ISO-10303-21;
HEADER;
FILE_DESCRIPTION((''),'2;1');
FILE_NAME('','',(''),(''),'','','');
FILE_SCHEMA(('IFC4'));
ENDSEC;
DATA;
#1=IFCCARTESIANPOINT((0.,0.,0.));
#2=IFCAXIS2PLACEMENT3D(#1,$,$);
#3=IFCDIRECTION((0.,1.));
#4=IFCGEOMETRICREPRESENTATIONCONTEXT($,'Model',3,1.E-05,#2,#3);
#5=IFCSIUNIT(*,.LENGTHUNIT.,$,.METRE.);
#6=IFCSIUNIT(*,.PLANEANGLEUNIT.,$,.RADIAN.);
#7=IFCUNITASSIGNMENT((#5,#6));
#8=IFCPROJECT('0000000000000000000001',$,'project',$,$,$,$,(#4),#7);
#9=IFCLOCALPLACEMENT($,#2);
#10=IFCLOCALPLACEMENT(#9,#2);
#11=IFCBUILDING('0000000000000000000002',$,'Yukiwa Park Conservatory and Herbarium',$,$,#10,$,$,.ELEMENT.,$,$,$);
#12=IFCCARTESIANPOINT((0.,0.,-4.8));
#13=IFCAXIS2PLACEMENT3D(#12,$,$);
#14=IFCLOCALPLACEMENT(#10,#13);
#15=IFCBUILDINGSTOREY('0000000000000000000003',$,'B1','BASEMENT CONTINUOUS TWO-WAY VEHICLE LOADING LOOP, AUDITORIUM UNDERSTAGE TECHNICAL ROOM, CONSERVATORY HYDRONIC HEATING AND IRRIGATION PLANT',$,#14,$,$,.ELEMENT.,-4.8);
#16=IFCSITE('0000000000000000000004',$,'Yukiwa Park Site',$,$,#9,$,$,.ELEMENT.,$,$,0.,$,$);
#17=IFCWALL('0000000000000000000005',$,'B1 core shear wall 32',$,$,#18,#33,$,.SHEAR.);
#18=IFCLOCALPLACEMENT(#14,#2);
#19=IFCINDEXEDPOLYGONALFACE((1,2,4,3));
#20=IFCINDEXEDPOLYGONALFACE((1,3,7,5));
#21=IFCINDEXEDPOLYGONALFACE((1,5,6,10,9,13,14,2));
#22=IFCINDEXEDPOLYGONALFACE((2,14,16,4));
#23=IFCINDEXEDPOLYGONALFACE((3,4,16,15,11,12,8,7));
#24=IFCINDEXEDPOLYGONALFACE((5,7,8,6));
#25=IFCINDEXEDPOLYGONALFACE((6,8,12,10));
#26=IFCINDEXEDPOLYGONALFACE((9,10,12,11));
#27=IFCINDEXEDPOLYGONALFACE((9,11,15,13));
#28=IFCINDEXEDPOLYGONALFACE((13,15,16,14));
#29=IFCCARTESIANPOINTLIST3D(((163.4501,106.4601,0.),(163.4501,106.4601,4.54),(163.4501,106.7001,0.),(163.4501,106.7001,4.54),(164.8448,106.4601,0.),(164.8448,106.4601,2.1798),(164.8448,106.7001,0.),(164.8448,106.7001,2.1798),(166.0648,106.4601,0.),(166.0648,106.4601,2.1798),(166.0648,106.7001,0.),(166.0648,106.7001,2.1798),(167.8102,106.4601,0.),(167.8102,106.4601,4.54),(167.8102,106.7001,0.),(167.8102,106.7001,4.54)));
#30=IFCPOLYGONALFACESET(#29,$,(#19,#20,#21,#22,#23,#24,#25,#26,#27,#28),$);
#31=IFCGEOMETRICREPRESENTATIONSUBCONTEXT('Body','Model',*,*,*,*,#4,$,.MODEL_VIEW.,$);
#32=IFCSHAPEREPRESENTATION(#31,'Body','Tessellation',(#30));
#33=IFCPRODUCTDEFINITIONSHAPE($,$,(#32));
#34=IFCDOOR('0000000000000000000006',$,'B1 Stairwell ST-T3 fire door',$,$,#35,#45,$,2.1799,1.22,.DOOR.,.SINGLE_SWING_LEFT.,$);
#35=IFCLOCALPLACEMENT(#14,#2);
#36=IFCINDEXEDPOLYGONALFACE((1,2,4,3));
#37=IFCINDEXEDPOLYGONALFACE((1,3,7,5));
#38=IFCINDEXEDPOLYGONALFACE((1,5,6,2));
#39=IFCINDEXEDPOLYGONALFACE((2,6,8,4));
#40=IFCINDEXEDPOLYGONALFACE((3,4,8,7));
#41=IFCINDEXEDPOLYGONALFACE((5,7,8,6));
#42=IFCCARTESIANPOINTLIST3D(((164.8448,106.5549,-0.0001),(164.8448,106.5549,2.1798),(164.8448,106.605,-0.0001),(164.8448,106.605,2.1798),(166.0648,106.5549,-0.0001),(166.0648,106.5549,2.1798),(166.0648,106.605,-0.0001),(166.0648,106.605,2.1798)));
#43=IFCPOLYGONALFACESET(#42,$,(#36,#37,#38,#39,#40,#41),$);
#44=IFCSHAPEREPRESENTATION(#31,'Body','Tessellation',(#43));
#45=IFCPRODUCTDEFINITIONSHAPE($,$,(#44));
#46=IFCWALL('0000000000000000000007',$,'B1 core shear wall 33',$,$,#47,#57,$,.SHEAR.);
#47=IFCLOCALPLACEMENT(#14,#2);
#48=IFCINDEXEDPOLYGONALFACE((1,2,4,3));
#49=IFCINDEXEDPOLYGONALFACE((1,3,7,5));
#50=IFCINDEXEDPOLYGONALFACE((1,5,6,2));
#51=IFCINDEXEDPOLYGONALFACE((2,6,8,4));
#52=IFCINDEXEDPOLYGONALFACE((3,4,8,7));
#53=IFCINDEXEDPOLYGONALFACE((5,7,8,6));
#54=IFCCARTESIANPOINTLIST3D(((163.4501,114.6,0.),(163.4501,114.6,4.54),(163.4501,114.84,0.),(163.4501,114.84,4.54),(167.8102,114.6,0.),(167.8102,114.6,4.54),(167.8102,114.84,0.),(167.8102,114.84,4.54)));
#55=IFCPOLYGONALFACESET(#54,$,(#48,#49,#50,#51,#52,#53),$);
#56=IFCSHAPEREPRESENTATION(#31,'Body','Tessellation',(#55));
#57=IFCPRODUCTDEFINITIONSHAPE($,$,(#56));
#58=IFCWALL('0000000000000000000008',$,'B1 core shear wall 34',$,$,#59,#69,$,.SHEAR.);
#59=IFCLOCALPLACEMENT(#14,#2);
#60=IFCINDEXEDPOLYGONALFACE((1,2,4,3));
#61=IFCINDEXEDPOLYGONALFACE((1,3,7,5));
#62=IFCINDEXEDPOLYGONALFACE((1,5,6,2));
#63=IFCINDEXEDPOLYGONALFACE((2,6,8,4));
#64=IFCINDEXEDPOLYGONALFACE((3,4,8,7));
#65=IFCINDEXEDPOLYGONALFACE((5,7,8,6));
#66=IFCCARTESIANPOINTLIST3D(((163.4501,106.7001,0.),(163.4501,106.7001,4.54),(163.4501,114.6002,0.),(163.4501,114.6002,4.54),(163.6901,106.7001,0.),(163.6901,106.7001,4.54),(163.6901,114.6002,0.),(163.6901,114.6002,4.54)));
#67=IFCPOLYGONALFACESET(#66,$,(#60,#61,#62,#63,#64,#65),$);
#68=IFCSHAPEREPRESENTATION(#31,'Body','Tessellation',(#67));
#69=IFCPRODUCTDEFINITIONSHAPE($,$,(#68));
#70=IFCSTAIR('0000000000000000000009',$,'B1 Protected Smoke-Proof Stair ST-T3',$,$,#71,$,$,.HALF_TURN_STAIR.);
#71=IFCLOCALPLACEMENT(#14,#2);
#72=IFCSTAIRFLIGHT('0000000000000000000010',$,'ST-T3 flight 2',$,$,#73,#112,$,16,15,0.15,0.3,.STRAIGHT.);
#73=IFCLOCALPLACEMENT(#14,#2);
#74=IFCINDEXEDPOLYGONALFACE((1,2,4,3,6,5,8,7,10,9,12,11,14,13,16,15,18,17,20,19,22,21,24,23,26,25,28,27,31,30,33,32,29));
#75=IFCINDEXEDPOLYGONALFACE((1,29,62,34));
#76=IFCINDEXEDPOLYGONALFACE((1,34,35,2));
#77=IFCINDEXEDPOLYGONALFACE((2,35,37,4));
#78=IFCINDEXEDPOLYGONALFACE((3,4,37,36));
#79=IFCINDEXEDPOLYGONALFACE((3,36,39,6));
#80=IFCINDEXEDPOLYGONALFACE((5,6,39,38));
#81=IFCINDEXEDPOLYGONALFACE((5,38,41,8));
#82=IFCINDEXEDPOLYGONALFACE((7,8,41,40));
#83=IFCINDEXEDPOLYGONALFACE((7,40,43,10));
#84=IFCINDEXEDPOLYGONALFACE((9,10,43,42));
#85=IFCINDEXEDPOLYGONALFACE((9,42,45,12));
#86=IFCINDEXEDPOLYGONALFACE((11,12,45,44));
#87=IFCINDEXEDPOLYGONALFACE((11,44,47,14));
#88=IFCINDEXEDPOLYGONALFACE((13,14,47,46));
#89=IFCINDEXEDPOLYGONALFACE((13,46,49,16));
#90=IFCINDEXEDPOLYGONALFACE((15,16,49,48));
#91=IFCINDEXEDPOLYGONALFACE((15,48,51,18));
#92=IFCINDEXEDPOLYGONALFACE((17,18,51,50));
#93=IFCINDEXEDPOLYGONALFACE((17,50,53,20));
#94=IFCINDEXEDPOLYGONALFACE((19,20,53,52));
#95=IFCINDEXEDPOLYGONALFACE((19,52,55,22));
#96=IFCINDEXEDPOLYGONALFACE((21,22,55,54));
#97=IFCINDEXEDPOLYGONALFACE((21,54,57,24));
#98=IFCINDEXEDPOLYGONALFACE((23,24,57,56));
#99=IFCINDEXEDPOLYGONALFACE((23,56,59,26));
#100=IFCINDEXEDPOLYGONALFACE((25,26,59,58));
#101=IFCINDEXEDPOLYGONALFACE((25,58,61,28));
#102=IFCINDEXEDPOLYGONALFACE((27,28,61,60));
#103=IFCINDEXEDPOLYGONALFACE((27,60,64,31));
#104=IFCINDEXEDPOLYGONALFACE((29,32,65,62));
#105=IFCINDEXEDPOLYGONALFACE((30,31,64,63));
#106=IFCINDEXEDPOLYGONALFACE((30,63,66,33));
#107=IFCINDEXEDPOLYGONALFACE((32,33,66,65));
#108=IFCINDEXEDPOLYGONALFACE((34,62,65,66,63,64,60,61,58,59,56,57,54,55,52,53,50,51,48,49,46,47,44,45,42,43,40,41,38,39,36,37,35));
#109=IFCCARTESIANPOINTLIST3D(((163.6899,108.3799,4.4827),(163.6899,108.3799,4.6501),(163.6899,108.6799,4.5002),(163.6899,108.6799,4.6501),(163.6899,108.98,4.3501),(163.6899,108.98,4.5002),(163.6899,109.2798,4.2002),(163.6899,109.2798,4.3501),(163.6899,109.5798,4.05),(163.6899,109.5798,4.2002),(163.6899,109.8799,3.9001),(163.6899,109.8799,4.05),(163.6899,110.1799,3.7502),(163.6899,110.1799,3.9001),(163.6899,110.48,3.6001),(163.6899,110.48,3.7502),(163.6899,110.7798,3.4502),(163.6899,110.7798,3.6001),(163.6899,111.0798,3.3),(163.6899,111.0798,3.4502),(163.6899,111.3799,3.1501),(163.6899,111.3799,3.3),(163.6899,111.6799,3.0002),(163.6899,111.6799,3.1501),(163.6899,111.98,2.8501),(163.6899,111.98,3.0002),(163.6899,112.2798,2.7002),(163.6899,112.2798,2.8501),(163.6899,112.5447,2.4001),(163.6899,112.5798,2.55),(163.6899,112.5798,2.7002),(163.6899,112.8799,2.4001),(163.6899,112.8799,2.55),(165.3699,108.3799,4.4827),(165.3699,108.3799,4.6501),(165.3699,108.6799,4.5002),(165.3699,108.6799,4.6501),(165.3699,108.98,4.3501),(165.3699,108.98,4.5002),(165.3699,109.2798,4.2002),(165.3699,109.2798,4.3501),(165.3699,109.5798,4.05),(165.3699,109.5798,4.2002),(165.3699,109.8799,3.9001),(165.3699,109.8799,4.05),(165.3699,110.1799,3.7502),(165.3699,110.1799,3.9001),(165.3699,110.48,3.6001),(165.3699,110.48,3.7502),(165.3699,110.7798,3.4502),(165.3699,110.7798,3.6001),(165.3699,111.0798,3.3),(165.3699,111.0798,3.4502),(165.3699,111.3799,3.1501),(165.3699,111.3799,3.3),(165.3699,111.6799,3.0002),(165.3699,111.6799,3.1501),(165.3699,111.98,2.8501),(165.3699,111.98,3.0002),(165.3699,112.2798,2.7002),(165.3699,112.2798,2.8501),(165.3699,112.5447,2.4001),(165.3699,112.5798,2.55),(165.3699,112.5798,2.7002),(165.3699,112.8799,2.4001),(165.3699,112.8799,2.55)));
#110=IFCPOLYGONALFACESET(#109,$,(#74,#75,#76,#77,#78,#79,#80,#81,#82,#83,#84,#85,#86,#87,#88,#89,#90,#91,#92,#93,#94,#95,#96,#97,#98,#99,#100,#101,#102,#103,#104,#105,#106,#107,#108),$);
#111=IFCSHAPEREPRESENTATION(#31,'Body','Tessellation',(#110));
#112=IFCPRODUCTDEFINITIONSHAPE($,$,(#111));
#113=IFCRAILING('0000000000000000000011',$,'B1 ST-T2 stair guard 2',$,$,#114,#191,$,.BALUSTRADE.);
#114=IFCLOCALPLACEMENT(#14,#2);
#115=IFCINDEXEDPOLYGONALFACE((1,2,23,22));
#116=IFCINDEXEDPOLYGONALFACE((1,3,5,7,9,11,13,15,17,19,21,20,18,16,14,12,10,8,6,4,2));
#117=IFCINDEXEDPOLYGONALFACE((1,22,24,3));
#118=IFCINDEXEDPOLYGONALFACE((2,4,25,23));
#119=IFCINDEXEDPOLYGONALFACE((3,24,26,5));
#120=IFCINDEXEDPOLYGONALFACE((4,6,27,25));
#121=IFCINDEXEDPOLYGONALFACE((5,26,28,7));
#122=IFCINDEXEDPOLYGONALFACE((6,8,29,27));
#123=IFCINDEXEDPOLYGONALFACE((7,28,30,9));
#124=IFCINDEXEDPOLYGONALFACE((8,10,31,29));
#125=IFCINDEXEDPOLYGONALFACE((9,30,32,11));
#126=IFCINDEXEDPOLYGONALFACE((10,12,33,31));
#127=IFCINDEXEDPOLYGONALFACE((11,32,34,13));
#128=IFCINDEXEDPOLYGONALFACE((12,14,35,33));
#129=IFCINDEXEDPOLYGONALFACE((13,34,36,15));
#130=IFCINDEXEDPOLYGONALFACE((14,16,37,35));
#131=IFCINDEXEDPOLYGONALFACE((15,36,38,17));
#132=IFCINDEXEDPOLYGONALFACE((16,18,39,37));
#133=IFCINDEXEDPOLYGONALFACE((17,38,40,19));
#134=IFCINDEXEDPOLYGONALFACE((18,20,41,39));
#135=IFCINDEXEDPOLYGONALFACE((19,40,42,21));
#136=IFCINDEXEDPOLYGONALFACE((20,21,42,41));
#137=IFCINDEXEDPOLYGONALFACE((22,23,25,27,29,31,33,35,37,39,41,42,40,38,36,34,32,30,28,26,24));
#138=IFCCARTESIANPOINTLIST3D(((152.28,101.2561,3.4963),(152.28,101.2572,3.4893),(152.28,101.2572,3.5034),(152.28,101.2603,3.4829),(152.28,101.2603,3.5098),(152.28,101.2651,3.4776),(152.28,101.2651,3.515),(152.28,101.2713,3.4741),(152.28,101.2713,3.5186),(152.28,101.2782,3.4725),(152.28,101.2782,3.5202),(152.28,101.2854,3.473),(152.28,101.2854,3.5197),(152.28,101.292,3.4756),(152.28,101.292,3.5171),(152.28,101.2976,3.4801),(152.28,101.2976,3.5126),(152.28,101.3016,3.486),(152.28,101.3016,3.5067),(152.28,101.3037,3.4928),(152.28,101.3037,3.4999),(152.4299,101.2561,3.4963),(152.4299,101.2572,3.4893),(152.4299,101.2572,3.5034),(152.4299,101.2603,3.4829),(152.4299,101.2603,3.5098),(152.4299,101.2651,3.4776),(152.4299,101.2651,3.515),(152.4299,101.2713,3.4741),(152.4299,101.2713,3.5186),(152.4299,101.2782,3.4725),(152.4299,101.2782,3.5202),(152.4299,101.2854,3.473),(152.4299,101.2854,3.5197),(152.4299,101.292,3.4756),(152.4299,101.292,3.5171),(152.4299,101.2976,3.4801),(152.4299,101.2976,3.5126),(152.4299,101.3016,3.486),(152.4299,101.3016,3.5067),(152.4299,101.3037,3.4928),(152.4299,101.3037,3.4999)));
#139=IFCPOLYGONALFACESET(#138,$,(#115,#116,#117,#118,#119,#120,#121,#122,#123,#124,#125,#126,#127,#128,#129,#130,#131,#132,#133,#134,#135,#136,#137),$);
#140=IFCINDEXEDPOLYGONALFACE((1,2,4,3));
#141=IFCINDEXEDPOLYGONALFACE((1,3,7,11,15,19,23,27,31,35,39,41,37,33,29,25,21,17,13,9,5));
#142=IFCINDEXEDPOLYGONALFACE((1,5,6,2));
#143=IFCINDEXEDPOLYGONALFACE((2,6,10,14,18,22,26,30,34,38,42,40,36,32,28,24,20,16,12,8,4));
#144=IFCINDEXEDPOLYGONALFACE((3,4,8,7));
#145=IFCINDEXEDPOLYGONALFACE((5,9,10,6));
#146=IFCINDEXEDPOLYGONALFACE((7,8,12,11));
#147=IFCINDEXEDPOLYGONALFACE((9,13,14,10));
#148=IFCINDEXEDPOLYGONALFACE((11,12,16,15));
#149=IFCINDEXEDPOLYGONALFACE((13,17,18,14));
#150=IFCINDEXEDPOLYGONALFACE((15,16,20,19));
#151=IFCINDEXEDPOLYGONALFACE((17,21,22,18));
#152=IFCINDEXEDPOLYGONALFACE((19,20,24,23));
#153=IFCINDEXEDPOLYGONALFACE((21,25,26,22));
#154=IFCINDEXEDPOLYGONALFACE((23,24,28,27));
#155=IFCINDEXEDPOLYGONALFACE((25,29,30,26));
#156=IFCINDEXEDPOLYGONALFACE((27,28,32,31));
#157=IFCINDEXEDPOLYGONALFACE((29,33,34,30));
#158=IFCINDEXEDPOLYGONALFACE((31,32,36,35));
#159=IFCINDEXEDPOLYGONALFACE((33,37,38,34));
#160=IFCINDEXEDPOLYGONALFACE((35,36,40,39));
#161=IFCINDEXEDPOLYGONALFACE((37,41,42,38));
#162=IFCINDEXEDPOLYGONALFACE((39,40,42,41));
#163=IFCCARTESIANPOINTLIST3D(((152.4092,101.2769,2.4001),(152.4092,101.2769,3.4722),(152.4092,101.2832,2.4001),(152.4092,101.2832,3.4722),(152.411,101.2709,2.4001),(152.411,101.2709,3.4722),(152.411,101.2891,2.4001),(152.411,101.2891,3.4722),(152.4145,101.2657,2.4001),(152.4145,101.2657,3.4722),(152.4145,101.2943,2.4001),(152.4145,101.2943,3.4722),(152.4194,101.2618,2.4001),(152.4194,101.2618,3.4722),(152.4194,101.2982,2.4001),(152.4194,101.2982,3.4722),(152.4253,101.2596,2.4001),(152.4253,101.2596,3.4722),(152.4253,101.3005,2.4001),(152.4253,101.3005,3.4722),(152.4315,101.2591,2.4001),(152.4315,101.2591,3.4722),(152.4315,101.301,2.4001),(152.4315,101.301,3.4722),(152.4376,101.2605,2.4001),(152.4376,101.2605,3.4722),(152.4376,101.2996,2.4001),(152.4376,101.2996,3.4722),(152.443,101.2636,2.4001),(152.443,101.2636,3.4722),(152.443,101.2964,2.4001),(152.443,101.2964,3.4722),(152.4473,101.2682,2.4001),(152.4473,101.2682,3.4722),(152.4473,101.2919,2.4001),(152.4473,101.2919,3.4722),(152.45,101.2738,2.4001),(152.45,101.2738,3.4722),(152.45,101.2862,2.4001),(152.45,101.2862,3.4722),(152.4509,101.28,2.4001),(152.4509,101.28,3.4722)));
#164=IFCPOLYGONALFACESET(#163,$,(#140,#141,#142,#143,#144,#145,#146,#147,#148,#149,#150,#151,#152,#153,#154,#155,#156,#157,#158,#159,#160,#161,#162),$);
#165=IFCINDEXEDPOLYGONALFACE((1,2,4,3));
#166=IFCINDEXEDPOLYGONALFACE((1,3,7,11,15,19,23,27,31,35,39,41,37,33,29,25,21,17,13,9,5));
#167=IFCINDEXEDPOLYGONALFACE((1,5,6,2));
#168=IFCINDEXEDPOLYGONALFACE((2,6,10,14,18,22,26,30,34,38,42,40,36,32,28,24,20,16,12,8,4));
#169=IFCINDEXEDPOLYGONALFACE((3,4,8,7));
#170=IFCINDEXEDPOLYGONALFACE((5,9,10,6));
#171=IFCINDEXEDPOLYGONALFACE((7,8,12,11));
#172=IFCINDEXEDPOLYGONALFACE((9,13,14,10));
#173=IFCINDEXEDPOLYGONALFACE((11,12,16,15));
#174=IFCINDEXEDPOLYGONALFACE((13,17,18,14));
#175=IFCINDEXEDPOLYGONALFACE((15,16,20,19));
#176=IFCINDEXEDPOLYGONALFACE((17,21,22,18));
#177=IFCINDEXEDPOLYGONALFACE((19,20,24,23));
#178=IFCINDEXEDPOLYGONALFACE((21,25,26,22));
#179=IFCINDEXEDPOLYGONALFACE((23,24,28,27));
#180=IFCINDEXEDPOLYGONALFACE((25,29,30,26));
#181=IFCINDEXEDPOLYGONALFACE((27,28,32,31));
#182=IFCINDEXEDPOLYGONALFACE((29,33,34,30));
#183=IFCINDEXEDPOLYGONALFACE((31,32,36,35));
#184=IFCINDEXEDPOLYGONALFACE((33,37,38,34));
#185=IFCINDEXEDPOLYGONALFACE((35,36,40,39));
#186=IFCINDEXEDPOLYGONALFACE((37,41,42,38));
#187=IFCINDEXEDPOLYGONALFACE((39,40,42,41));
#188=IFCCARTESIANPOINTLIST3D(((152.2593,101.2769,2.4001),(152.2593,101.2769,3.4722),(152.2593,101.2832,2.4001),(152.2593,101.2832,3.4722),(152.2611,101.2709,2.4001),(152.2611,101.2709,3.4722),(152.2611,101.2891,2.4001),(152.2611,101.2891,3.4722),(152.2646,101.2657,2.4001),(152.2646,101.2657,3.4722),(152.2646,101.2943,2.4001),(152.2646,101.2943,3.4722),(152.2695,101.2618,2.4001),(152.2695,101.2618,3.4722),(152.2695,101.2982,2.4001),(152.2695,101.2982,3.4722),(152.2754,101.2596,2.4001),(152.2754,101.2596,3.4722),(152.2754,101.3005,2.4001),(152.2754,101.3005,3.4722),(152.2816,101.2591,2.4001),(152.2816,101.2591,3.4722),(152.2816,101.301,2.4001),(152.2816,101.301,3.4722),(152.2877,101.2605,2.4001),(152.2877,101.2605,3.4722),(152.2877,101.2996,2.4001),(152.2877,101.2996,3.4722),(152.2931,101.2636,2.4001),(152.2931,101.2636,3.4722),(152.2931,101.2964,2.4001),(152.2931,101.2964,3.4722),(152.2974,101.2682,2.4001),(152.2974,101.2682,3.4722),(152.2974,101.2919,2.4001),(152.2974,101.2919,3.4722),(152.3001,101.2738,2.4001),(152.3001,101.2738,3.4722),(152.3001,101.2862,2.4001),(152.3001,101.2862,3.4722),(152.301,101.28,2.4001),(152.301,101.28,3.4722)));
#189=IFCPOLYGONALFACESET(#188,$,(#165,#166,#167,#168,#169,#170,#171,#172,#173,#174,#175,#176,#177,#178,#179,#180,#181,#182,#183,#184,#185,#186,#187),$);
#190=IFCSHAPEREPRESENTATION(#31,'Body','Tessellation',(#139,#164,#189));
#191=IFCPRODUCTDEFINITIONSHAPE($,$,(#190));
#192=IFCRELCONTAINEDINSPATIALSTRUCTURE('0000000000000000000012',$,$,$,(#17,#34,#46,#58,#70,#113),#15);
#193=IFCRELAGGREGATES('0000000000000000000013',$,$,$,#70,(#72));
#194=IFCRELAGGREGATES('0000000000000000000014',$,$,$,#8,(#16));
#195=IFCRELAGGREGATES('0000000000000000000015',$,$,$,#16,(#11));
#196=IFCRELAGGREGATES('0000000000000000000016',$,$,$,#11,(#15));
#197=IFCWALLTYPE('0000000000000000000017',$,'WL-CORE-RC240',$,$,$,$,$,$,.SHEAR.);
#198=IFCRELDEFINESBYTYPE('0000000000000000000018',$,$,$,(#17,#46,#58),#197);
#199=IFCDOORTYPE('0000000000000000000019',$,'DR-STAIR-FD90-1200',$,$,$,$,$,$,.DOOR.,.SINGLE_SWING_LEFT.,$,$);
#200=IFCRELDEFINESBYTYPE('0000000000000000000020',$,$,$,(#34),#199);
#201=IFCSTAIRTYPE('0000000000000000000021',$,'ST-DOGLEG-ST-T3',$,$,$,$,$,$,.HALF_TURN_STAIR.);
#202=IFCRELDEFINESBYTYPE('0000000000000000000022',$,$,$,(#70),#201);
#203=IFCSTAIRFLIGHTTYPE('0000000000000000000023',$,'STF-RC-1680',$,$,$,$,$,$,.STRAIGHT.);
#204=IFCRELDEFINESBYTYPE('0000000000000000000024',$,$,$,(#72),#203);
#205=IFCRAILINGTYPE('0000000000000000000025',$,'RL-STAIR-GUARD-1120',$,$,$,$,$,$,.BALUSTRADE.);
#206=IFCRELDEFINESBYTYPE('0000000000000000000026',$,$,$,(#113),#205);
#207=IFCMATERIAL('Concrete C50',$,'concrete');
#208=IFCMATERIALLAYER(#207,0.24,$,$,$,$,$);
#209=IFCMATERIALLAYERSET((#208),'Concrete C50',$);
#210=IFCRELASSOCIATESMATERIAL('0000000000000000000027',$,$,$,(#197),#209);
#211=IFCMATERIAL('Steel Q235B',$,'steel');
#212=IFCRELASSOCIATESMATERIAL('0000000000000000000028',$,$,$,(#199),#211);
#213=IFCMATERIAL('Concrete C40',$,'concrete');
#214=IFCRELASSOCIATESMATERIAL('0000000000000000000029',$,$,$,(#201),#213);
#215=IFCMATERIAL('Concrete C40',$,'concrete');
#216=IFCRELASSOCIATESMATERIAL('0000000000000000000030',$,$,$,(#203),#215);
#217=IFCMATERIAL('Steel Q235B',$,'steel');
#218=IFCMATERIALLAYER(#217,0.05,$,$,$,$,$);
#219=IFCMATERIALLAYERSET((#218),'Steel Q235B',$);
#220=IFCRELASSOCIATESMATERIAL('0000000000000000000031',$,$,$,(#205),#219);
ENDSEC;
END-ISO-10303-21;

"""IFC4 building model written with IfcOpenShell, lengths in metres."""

from ifc_helpers import new_model, si_unit, direction, frame, frame_2d, origin, origin_2d, place, context, subcontext, project, spatial, polyline, rectangle, circle, outline, extrude, material, layer, layer_set, type_object, element, fill, aggregate, save


model = new_model("IFC4")

# Units and contexts
model_context = context("Model", 3, precision=1e-05, world=origin(), true_north=direction((0.0, 1.0)))
body_context = subcontext(model_context, "Body", "Model", "MODEL_VIEW")
ifc_project = project(units=[si_unit("LENGTHUNIT", "METRE"), si_unit("PLANEANGLEUNIT", "RADIAN")], contexts=[model_context])

# Site, building, storey
site_placement = place(None, origin())
site = spatial("IfcSite", under=ifc_project, at=site_placement, Name="Yukiwa Park Site", CompositionType="ELEMENT", RefElevation=0.0)
building_placement = place(site_placement, origin())
building = spatial("IfcBuilding", under=site, at=building_placement, Name="Yukiwa Park Conservatory and Herbarium", CompositionType="ELEMENT")
storey_placement = place(building_placement, frame((0.0, 0.0, -4.8)))
storey = spatial("IfcBuildingStorey", under=building, at=storey_placement, Name="B1", Description="BASEMENT CONTINUOUS TWO-WAY VEHICLE LOADING LOOP, AUDITORIUM UNDERSTAGE TECHNICAL ROOM, CONSERVATORY HYDRONIC HEATING AND IRRIGATION PLANT", CompositionType="ELEMENT", Elevation=-4.8)

# Wall, opening, door
ifc_material_1 = material(Name="Concrete C50", Category="concrete")
ifc_layer_1 = layer(ifc_material_1, 0.24)
ifc_layer_set_1 = layer_set([ifc_layer_1], Name="Concrete C50")
wall_type_1 = type_object("IfcWallType", Name="WL-CORE-RC240", PredefinedType="SHEAR", material=ifc_layer_set_1)
wall_1_placement = place(storey_placement, frame((163.45, 106.5801, 0.0), z_axis=(0.0, 0.0, 1.0), x_axis=(1.0, 0.0, 0.0)))
wall_1 = element("IfcWall", 1, at=wall_1_placement, inside=storey, type_object=wall_type_1, Name="B1 core shear wall 32", PredefinedType="SHEAR", context=body_context, shape_type="SweptSolid", body=[
    extrude(rectangle(XDim=4.3601, YDim=0.24, at=frame_2d((2.1802, 0.0))), origin(), (0.0, 0.0, 1.0), 4.54),
])
opening_1_placement = place(wall_1_placement, frame((1.395, 0.0, 0.0)))
opening_1 = element("IfcOpeningElement", 2, at=opening_1_placement, cuts=wall_1, PredefinedType="OPENING", context=body_context, shape_type="SweptSolid", body=[
    extrude(rectangle(XDim=1.22, YDim=2.1799, at=frame_2d((0.6099, 1.0898))), frame((0.0, 0.1299, 0.0), z_axis=(0.0, -1.0, 0.0), x_axis=(1.0, 0.0, 0.0)), (0.0, 0.0, 1.0), 0.26),
])
ifc_material_2 = material(Name="Steel Q235B", Category="steel")
door_type_1 = type_object("IfcDoorType", Name="DR-STAIR-FD90-1200", OperationType="SINGLE_SWING_LEFT", PredefinedType="DOOR", material=ifc_material_2)
door_1_placement = place(opening_1_placement, origin())
door_1 = element("IfcDoor", 3, at=door_1_placement, inside=storey, type_object=door_type_1, Name="B1 Stairwell ST-T3 fire door", OperationType="SINGLE_SWING_LEFT", OverallHeight=2.1799, OverallWidth=1.22, PredefinedType="DOOR", context=body_context, shape_type="SweptSolid", body=[
    extrude(rectangle(XDim=1.22, YDim=2.1799, at=frame_2d((0.6099, 1.0898))), frame((0.0, 0.0249, 0.0), z_axis=(0.0, -1.0, 0.0), x_axis=(1.0, 0.0, 0.0)), (0.0, 0.0, 1.0), 0.05),
])
fill(opening_1, door_1)

# Walls
wall_2_placement = place(storey_placement, frame((163.45, 114.72, 0.0), z_axis=(0.0, 0.0, 1.0), x_axis=(1.0, 0.0, 0.0)))
element("IfcWall", 4, at=wall_2_placement, inside=storey, type_object=wall_type_1, Name="B1 core shear wall 33", PredefinedType="SHEAR", context=body_context, shape_type="SweptSolid", body=[
    extrude(rectangle(XDim=4.3601, YDim=0.24, at=frame_2d((2.1802, 0.0))), origin(), (0.0, 0.0, 1.0), 4.54),
])
wall_3_placement = place(storey_placement, frame((163.5701, 106.7, 0.0), z_axis=(0.0, 0.0, 1.0), x_axis=(0.0, 1.0, 0.0)))
element("IfcWall", 5, at=wall_3_placement, inside=storey, type_object=wall_type_1, Name="B1 core shear wall 34", PredefinedType="SHEAR", context=body_context, shape_type="SweptSolid", body=[
    extrude(rectangle(XDim=7.9001, YDim=0.24, at=frame_2d((3.9502, 0.0))), origin(), (0.0, 0.0, 1.0), 4.54),
])

# Stair, stair flight
ifc_material_3 = material(Name="Concrete C40", Category="concrete")
stair_type = type_object("IfcStairType", Name="ST-DOGLEG-ST-T3", PredefinedType="HALF_TURN_STAIR", material=ifc_material_3)
stair_placement = place(storey_placement, origin())
stair = element("IfcStair", 6, at=stair_placement, inside=storey, type_object=stair_type, Name="B1 Protected Smoke-Proof Stair ST-T3", PredefinedType="HALF_TURN_STAIR")
ifc_material_4 = material(Name="Concrete C40", Category="concrete")
stair_flight_type = type_object("IfcStairFlightType", Name="STF-RC-1680", PredefinedType="STRAIGHT", material=ifc_material_4)
stair_flight_placement = place(storey_placement, frame((164.53, 112.8799, 2.4001), z_axis=(0.0, 0.0, 1.0), x_axis=(0.0, -1.0, 0.0)))
stair_flight = element("IfcStairFlight", 7, at=stair_flight_placement, type_object=stair_flight_type, Name="ST-T3 flight 2", NumberOfRisers=16, NumberOfTreads=15, PredefinedType="STRAIGHT", RiserHeight=0.15, TreadLength=0.3, context=body_context, shape_type="SweptSolid", body=[
    extrude(outline(polyline([(0.0, 0.0), (0.0, 0.1499), (0.3, 0.1499), (0.3, 0.3), (0.6001, 0.3), (0.6001, 0.45), (0.8999, 0.45), (0.8999, 0.6001), (1.2, 0.6001), (1.2, 0.75), (1.5, 0.75), (1.5, 0.8999), (1.8, 0.8999), (1.8, 1.05), (2.1001, 1.05), (2.1001, 1.2), (2.3999, 1.2), (2.3999, 1.3501), (2.7, 1.3501), (2.7, 1.5), (3.0, 1.5), (3.0, 1.6499), (3.3, 1.6499), (3.3, 1.8), (3.6001, 1.8), (3.6001, 1.95), (3.8999, 1.95), (3.8999, 2.1001), (4.2, 2.1001), (4.2, 2.25), (4.5, 2.25), (4.5, 2.3999), (4.5, 2.0825), (0.3352, 0.0), (0.0, 0.0)])), frame((0.0, 0.8398, 0.0), z_axis=(0.0, -1.0, 0.0), x_axis=(1.0, 0.0, 0.0)), (0.0, 0.0, 1.0), 1.6799),
])
aggregate(stair, [stair_flight])

# Railing
ifc_material_5 = material(Name="Steel Q235B", Category="steel")
ifc_layer_2 = layer(ifc_material_5, 0.05)
ifc_layer_set_2 = layer_set([ifc_layer_2], Name="Steel Q235B")
railing_type_1 = type_object("IfcRailingType", Name="RL-STAIR-GUARD-1120", PredefinedType="BALUSTRADE", material=ifc_layer_set_2)
railing_1_placement = place(storey_placement, frame((152.4299, 101.28, 2.4001)))
element("IfcRailing", 8, at=railing_1_placement, inside=storey, type_object=railing_type_1, Name="B1 ST-T2 stair guard 2", PredefinedType="BALUSTRADE", context=body_context, shape_type="SweptSolid", body=[
    extrude(circle(Radius=0.0239, at=origin_2d()), frame((0.0, 0.0, 1.0962), z_axis=(-1.0, 0.0, 0.0), x_axis=(0.0, -1.0, 0.0)), (0.0, 0.0, 1.0), 0.1499),
    extrude(circle(Radius=0.021, at=origin_2d()), origin(), (0.0, 0.0, 1.0), 1.072),
    extrude(circle(Radius=0.021, at=origin_2d()), frame((-0.1499, 0.0, 0.0)), (0.0, 0.0, 1.0), 1.072),
])

save(model, "model.ifc")
